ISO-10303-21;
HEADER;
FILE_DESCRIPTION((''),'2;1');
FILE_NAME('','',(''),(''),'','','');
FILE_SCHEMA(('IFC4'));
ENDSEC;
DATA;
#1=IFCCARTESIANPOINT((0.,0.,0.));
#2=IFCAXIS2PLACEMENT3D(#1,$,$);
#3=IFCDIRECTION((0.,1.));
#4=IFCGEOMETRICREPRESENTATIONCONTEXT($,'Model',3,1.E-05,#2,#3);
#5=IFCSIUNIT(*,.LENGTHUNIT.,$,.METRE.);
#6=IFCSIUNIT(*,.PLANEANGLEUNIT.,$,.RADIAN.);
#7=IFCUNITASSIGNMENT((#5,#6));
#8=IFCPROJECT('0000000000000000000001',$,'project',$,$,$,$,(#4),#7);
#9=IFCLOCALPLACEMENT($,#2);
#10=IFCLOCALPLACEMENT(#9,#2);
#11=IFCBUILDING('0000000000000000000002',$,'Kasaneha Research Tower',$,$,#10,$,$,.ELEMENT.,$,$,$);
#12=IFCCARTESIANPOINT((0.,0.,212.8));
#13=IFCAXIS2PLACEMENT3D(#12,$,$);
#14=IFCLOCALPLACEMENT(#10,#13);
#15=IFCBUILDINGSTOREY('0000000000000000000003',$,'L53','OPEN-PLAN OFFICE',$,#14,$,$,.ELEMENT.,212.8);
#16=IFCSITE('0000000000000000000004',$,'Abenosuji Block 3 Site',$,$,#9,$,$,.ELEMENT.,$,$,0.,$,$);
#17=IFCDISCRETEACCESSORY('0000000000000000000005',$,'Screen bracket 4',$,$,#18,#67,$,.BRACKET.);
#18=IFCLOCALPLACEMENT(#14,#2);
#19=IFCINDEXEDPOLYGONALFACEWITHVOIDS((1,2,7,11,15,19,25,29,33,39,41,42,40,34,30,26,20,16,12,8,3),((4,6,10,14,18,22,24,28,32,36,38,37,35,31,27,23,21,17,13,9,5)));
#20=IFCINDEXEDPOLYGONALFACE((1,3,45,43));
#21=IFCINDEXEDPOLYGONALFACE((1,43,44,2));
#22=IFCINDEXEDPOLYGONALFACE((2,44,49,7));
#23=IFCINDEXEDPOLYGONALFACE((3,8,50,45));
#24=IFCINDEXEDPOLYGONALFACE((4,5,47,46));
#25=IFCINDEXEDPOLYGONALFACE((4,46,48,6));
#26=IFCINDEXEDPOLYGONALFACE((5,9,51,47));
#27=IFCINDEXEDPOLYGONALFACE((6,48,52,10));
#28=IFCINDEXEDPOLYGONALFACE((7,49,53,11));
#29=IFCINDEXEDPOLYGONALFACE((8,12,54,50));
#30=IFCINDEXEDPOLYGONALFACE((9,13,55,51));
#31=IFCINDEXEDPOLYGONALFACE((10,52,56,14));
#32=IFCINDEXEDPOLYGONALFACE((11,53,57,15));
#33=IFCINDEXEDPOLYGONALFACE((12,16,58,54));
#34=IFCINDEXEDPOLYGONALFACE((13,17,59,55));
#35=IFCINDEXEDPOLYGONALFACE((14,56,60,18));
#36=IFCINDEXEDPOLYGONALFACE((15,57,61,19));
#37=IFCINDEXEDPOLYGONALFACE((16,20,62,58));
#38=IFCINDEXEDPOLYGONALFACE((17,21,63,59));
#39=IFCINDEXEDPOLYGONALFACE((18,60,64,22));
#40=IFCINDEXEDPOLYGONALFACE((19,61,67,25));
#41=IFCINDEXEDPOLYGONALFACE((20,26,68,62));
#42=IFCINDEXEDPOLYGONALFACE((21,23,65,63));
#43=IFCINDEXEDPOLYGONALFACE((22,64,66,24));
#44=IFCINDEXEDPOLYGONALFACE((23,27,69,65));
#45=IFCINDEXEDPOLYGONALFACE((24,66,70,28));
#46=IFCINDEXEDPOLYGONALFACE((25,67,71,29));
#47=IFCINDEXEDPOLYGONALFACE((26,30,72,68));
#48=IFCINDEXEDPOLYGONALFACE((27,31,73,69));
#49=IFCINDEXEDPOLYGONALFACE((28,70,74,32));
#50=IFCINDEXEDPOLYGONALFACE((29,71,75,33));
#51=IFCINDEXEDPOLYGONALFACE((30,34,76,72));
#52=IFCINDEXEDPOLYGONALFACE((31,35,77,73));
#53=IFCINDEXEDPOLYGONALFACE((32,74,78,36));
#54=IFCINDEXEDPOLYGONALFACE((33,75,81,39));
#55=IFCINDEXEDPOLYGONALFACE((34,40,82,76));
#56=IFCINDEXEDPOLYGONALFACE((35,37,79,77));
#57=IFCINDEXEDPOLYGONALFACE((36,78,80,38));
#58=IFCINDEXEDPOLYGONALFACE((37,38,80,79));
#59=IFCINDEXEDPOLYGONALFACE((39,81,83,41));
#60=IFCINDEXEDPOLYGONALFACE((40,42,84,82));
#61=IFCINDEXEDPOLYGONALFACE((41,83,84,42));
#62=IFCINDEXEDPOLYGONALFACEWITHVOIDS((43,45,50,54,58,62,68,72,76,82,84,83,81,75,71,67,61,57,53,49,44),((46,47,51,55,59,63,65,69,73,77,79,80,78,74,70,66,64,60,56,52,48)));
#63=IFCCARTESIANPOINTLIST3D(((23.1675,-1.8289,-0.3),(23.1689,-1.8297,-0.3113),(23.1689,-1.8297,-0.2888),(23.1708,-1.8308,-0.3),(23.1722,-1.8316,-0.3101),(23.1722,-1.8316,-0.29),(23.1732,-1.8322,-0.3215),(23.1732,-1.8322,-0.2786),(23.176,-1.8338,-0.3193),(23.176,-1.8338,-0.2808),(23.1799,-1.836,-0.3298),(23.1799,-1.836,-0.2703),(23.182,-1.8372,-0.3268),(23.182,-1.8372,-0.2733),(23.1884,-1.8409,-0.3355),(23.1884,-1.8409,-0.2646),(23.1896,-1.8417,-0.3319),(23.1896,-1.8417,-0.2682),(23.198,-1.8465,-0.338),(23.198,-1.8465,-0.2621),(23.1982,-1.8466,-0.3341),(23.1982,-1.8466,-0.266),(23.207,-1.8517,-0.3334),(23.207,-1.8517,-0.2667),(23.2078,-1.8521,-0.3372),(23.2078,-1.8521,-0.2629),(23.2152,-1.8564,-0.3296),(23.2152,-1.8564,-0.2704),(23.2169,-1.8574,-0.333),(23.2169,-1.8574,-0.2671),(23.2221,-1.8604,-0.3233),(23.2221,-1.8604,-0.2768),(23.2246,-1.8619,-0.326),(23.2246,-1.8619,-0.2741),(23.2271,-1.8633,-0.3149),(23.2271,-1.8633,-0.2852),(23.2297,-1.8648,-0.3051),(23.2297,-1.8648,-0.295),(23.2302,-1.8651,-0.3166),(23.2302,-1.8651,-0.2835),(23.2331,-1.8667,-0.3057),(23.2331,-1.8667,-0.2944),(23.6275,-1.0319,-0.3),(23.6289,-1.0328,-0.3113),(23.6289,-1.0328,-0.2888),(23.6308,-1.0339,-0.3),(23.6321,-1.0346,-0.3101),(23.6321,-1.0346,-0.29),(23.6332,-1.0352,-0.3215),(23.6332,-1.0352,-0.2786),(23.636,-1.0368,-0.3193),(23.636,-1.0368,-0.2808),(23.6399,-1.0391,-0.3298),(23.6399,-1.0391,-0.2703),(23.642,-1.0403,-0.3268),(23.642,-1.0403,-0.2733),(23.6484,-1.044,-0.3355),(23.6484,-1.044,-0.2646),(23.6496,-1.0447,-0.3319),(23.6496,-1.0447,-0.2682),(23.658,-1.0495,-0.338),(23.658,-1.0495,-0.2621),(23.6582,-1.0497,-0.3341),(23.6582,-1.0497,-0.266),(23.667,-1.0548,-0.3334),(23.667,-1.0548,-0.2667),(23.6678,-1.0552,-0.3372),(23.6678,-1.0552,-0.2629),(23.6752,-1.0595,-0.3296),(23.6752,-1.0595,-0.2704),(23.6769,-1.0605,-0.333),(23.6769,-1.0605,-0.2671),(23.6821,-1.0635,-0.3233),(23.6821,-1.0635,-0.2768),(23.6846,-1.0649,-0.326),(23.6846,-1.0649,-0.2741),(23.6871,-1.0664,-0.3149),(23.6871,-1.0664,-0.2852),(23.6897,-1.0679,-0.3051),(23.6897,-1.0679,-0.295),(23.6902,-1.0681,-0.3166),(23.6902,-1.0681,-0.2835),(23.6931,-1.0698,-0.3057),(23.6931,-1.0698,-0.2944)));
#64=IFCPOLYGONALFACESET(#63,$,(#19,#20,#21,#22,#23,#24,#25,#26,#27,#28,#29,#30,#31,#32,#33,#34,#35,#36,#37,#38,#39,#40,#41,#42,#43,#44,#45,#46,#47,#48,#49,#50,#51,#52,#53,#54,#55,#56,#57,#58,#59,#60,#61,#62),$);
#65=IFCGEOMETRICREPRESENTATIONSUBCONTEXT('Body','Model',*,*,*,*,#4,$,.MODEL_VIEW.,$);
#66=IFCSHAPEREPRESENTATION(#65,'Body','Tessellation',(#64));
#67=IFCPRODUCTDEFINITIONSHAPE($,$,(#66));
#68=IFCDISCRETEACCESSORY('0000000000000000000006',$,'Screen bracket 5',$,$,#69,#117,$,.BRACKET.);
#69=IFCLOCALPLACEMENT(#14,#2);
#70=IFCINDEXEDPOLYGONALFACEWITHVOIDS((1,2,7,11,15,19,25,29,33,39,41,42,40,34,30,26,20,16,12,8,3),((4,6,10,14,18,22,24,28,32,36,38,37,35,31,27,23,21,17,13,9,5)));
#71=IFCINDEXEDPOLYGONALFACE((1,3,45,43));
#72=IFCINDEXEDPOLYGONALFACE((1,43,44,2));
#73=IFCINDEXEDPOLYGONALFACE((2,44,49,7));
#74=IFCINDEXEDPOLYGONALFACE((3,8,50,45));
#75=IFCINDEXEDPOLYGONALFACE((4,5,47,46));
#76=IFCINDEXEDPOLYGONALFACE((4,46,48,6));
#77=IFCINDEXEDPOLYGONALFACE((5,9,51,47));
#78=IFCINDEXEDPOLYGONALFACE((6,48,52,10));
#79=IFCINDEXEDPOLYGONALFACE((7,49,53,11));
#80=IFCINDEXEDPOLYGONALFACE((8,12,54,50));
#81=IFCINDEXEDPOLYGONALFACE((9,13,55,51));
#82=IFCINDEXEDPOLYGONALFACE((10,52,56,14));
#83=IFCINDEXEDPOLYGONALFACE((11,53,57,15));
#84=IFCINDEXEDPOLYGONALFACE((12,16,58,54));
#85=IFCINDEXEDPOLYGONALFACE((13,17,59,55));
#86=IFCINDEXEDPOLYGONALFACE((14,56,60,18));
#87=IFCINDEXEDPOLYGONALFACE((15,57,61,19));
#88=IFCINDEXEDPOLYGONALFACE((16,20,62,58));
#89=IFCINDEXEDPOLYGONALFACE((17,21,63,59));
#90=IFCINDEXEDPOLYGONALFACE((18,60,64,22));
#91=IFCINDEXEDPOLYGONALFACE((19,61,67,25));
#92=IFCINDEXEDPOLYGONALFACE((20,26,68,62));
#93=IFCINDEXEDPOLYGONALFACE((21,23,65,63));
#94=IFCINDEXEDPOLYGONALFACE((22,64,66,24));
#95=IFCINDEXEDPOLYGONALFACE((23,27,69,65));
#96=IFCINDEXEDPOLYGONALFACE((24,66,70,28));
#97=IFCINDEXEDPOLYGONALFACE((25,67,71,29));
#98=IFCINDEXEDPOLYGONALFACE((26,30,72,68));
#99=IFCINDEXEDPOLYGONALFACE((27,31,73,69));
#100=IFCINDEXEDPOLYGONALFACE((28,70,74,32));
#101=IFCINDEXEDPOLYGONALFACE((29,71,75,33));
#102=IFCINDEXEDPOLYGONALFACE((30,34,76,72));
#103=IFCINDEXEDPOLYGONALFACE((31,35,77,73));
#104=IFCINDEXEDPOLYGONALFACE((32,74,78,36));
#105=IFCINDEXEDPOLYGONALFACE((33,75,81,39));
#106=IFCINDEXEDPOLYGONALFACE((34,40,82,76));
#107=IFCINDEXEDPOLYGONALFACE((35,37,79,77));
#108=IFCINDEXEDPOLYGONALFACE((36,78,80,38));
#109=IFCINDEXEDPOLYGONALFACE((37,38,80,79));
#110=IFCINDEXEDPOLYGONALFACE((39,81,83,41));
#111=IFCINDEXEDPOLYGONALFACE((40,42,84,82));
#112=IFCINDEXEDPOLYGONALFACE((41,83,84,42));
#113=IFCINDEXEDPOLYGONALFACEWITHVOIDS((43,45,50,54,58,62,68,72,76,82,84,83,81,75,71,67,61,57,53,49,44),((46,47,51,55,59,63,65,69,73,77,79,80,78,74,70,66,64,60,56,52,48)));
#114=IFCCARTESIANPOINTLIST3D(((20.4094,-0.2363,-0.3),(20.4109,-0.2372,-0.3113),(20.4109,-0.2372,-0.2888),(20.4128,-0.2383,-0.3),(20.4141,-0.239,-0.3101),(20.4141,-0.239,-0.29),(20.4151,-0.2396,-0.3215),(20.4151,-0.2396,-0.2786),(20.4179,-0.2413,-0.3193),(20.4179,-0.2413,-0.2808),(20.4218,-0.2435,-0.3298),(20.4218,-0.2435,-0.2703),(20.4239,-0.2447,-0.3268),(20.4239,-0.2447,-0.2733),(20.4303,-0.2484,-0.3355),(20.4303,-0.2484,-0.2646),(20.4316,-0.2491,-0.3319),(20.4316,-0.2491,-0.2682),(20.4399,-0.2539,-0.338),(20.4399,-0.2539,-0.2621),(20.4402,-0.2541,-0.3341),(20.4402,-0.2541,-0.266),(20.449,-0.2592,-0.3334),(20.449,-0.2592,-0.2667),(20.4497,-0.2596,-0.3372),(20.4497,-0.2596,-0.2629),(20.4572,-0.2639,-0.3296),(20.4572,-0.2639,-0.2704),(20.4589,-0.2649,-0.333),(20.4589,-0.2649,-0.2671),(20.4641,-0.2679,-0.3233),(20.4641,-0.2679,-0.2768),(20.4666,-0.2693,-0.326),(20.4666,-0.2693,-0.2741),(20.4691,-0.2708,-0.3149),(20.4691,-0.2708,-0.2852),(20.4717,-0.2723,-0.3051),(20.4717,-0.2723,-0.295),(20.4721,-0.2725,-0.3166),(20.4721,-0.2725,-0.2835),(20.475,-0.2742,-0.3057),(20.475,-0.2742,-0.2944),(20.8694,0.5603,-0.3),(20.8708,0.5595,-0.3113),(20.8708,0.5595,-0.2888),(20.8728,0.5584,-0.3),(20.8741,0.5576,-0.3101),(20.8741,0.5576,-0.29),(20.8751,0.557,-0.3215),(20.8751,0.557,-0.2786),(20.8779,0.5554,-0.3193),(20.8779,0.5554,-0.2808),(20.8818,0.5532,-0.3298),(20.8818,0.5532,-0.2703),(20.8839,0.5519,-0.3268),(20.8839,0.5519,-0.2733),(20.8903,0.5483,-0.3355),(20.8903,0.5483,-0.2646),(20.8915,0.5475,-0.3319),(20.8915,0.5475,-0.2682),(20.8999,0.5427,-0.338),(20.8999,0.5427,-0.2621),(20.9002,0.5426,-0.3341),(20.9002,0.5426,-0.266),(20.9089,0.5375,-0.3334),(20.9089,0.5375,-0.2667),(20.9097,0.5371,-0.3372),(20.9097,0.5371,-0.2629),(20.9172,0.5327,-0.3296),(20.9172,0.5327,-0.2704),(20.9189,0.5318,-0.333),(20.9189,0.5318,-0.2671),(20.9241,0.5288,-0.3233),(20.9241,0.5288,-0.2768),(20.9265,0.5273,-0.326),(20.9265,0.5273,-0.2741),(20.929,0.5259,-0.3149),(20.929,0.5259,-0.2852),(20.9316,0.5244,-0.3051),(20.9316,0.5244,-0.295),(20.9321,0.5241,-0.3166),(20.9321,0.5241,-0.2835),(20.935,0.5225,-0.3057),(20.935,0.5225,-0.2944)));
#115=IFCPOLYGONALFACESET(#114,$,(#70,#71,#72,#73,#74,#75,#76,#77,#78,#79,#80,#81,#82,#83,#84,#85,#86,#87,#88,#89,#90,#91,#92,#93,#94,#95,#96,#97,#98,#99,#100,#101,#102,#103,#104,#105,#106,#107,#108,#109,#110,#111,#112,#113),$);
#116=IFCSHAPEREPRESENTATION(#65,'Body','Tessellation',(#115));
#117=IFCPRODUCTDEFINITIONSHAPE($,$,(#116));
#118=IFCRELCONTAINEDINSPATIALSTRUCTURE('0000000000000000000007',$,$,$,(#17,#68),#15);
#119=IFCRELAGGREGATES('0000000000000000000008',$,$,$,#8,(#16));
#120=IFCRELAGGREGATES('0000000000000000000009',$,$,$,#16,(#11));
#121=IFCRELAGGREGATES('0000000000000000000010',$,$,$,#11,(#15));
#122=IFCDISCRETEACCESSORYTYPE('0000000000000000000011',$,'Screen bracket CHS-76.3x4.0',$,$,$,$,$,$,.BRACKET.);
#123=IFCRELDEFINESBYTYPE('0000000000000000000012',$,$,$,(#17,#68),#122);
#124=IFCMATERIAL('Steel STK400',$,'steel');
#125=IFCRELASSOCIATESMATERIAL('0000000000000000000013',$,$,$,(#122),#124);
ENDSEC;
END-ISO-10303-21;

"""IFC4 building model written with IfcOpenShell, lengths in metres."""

from ifc_helpers import new_model, si_unit, direction, frame, origin, origin_2d, place, context, subcontext, project, spatial, hollow_circle, extrude, material, material_profile, profile_set, type_object, element, save


model = new_model("IFC4")

# Units and contexts
model_context = context("Model", 3, precision=1e-05, world=origin(), true_north=direction((0.0, 1.0)))
body_context = subcontext(model_context, "Body", "Model", "MODEL_VIEW")
ifc_project = project(units=[si_unit("LENGTHUNIT", "METRE"), si_unit("PLANEANGLEUNIT", "RADIAN")], contexts=[model_context])

# Site, building, storey
site_placement = place(None, origin())
site = spatial("IfcSite", under=ifc_project, at=site_placement, Name="Abenosuji Block 3 Site", CompositionType="ELEMENT", RefElevation=0.0)
building_placement = place(site_placement, origin())
building = spatial("IfcBuilding", under=site, at=building_placement, Name="Kasaneha Research Tower", CompositionType="ELEMENT")
storey_placement = place(building_placement, frame((0.0, 0.0, 212.8)))
storey = spatial("IfcBuildingStorey", under=building, at=storey_placement, Name="L53", Description="OPEN-PLAN OFFICE", CompositionType="ELEMENT", Elevation=212.8)

# Discrete accessories
ifc_material_1 = material(Name="Steel STK400", Category="steel")
ifc_material_profile_1 = material_profile(ifc_material_1, hollow_circle(Radius=0.0381, WallThickness=0.0039, at=origin_2d()), Name="CHS-76.3x4.0")
ifc_profile_set_1 = profile_set([ifc_material_profile_1], Name="Steel STK400")
discrete_accessory_type = type_object("IfcDiscreteAccessoryType", Name="Screen bracket CHS-76.3x4.0", PredefinedType="BRACKET", material=ifc_profile_set_1)
discrete_accessory_1_placement = place(storey_placement, frame((23.2004, -1.8479, -0.3), z_axis=(0.499906, 0.86608, 0.0), x_axis=(-0.86608, 0.499906, 0.0)))
element("IfcDiscreteAccessory", 1, at=discrete_accessory_1_placement, inside=storey, type_object=discrete_accessory_type, Name="Screen bracket 4", PredefinedType="BRACKET", context=body_context, shape_type="SweptSolid", body=[
    extrude(hollow_circle(Radius=0.0381, WallThickness=0.0039, at=origin_2d()), origin(), (0.0, 0.0, 1.0), 0.9202),
])
discrete_accessory_2_placement = place(storey_placement, frame((20.4424, -0.2554, -0.3), z_axis=(0.500021, 0.866013, 0.0), x_axis=(-0.866013, 0.500021, 0.0)))
element("IfcDiscreteAccessory", 2, at=discrete_accessory_2_placement, inside=storey, type_object=discrete_accessory_type, Name="Screen bracket 5", PredefinedType="BRACKET", context=body_context, shape_type="SweptSolid", body=[
    extrude(hollow_circle(Radius=0.0381, WallThickness=0.0039, at=origin_2d()), origin(), (0.0, 0.0, 1.0), 0.9199),
])

save(model, "model.ifc")
